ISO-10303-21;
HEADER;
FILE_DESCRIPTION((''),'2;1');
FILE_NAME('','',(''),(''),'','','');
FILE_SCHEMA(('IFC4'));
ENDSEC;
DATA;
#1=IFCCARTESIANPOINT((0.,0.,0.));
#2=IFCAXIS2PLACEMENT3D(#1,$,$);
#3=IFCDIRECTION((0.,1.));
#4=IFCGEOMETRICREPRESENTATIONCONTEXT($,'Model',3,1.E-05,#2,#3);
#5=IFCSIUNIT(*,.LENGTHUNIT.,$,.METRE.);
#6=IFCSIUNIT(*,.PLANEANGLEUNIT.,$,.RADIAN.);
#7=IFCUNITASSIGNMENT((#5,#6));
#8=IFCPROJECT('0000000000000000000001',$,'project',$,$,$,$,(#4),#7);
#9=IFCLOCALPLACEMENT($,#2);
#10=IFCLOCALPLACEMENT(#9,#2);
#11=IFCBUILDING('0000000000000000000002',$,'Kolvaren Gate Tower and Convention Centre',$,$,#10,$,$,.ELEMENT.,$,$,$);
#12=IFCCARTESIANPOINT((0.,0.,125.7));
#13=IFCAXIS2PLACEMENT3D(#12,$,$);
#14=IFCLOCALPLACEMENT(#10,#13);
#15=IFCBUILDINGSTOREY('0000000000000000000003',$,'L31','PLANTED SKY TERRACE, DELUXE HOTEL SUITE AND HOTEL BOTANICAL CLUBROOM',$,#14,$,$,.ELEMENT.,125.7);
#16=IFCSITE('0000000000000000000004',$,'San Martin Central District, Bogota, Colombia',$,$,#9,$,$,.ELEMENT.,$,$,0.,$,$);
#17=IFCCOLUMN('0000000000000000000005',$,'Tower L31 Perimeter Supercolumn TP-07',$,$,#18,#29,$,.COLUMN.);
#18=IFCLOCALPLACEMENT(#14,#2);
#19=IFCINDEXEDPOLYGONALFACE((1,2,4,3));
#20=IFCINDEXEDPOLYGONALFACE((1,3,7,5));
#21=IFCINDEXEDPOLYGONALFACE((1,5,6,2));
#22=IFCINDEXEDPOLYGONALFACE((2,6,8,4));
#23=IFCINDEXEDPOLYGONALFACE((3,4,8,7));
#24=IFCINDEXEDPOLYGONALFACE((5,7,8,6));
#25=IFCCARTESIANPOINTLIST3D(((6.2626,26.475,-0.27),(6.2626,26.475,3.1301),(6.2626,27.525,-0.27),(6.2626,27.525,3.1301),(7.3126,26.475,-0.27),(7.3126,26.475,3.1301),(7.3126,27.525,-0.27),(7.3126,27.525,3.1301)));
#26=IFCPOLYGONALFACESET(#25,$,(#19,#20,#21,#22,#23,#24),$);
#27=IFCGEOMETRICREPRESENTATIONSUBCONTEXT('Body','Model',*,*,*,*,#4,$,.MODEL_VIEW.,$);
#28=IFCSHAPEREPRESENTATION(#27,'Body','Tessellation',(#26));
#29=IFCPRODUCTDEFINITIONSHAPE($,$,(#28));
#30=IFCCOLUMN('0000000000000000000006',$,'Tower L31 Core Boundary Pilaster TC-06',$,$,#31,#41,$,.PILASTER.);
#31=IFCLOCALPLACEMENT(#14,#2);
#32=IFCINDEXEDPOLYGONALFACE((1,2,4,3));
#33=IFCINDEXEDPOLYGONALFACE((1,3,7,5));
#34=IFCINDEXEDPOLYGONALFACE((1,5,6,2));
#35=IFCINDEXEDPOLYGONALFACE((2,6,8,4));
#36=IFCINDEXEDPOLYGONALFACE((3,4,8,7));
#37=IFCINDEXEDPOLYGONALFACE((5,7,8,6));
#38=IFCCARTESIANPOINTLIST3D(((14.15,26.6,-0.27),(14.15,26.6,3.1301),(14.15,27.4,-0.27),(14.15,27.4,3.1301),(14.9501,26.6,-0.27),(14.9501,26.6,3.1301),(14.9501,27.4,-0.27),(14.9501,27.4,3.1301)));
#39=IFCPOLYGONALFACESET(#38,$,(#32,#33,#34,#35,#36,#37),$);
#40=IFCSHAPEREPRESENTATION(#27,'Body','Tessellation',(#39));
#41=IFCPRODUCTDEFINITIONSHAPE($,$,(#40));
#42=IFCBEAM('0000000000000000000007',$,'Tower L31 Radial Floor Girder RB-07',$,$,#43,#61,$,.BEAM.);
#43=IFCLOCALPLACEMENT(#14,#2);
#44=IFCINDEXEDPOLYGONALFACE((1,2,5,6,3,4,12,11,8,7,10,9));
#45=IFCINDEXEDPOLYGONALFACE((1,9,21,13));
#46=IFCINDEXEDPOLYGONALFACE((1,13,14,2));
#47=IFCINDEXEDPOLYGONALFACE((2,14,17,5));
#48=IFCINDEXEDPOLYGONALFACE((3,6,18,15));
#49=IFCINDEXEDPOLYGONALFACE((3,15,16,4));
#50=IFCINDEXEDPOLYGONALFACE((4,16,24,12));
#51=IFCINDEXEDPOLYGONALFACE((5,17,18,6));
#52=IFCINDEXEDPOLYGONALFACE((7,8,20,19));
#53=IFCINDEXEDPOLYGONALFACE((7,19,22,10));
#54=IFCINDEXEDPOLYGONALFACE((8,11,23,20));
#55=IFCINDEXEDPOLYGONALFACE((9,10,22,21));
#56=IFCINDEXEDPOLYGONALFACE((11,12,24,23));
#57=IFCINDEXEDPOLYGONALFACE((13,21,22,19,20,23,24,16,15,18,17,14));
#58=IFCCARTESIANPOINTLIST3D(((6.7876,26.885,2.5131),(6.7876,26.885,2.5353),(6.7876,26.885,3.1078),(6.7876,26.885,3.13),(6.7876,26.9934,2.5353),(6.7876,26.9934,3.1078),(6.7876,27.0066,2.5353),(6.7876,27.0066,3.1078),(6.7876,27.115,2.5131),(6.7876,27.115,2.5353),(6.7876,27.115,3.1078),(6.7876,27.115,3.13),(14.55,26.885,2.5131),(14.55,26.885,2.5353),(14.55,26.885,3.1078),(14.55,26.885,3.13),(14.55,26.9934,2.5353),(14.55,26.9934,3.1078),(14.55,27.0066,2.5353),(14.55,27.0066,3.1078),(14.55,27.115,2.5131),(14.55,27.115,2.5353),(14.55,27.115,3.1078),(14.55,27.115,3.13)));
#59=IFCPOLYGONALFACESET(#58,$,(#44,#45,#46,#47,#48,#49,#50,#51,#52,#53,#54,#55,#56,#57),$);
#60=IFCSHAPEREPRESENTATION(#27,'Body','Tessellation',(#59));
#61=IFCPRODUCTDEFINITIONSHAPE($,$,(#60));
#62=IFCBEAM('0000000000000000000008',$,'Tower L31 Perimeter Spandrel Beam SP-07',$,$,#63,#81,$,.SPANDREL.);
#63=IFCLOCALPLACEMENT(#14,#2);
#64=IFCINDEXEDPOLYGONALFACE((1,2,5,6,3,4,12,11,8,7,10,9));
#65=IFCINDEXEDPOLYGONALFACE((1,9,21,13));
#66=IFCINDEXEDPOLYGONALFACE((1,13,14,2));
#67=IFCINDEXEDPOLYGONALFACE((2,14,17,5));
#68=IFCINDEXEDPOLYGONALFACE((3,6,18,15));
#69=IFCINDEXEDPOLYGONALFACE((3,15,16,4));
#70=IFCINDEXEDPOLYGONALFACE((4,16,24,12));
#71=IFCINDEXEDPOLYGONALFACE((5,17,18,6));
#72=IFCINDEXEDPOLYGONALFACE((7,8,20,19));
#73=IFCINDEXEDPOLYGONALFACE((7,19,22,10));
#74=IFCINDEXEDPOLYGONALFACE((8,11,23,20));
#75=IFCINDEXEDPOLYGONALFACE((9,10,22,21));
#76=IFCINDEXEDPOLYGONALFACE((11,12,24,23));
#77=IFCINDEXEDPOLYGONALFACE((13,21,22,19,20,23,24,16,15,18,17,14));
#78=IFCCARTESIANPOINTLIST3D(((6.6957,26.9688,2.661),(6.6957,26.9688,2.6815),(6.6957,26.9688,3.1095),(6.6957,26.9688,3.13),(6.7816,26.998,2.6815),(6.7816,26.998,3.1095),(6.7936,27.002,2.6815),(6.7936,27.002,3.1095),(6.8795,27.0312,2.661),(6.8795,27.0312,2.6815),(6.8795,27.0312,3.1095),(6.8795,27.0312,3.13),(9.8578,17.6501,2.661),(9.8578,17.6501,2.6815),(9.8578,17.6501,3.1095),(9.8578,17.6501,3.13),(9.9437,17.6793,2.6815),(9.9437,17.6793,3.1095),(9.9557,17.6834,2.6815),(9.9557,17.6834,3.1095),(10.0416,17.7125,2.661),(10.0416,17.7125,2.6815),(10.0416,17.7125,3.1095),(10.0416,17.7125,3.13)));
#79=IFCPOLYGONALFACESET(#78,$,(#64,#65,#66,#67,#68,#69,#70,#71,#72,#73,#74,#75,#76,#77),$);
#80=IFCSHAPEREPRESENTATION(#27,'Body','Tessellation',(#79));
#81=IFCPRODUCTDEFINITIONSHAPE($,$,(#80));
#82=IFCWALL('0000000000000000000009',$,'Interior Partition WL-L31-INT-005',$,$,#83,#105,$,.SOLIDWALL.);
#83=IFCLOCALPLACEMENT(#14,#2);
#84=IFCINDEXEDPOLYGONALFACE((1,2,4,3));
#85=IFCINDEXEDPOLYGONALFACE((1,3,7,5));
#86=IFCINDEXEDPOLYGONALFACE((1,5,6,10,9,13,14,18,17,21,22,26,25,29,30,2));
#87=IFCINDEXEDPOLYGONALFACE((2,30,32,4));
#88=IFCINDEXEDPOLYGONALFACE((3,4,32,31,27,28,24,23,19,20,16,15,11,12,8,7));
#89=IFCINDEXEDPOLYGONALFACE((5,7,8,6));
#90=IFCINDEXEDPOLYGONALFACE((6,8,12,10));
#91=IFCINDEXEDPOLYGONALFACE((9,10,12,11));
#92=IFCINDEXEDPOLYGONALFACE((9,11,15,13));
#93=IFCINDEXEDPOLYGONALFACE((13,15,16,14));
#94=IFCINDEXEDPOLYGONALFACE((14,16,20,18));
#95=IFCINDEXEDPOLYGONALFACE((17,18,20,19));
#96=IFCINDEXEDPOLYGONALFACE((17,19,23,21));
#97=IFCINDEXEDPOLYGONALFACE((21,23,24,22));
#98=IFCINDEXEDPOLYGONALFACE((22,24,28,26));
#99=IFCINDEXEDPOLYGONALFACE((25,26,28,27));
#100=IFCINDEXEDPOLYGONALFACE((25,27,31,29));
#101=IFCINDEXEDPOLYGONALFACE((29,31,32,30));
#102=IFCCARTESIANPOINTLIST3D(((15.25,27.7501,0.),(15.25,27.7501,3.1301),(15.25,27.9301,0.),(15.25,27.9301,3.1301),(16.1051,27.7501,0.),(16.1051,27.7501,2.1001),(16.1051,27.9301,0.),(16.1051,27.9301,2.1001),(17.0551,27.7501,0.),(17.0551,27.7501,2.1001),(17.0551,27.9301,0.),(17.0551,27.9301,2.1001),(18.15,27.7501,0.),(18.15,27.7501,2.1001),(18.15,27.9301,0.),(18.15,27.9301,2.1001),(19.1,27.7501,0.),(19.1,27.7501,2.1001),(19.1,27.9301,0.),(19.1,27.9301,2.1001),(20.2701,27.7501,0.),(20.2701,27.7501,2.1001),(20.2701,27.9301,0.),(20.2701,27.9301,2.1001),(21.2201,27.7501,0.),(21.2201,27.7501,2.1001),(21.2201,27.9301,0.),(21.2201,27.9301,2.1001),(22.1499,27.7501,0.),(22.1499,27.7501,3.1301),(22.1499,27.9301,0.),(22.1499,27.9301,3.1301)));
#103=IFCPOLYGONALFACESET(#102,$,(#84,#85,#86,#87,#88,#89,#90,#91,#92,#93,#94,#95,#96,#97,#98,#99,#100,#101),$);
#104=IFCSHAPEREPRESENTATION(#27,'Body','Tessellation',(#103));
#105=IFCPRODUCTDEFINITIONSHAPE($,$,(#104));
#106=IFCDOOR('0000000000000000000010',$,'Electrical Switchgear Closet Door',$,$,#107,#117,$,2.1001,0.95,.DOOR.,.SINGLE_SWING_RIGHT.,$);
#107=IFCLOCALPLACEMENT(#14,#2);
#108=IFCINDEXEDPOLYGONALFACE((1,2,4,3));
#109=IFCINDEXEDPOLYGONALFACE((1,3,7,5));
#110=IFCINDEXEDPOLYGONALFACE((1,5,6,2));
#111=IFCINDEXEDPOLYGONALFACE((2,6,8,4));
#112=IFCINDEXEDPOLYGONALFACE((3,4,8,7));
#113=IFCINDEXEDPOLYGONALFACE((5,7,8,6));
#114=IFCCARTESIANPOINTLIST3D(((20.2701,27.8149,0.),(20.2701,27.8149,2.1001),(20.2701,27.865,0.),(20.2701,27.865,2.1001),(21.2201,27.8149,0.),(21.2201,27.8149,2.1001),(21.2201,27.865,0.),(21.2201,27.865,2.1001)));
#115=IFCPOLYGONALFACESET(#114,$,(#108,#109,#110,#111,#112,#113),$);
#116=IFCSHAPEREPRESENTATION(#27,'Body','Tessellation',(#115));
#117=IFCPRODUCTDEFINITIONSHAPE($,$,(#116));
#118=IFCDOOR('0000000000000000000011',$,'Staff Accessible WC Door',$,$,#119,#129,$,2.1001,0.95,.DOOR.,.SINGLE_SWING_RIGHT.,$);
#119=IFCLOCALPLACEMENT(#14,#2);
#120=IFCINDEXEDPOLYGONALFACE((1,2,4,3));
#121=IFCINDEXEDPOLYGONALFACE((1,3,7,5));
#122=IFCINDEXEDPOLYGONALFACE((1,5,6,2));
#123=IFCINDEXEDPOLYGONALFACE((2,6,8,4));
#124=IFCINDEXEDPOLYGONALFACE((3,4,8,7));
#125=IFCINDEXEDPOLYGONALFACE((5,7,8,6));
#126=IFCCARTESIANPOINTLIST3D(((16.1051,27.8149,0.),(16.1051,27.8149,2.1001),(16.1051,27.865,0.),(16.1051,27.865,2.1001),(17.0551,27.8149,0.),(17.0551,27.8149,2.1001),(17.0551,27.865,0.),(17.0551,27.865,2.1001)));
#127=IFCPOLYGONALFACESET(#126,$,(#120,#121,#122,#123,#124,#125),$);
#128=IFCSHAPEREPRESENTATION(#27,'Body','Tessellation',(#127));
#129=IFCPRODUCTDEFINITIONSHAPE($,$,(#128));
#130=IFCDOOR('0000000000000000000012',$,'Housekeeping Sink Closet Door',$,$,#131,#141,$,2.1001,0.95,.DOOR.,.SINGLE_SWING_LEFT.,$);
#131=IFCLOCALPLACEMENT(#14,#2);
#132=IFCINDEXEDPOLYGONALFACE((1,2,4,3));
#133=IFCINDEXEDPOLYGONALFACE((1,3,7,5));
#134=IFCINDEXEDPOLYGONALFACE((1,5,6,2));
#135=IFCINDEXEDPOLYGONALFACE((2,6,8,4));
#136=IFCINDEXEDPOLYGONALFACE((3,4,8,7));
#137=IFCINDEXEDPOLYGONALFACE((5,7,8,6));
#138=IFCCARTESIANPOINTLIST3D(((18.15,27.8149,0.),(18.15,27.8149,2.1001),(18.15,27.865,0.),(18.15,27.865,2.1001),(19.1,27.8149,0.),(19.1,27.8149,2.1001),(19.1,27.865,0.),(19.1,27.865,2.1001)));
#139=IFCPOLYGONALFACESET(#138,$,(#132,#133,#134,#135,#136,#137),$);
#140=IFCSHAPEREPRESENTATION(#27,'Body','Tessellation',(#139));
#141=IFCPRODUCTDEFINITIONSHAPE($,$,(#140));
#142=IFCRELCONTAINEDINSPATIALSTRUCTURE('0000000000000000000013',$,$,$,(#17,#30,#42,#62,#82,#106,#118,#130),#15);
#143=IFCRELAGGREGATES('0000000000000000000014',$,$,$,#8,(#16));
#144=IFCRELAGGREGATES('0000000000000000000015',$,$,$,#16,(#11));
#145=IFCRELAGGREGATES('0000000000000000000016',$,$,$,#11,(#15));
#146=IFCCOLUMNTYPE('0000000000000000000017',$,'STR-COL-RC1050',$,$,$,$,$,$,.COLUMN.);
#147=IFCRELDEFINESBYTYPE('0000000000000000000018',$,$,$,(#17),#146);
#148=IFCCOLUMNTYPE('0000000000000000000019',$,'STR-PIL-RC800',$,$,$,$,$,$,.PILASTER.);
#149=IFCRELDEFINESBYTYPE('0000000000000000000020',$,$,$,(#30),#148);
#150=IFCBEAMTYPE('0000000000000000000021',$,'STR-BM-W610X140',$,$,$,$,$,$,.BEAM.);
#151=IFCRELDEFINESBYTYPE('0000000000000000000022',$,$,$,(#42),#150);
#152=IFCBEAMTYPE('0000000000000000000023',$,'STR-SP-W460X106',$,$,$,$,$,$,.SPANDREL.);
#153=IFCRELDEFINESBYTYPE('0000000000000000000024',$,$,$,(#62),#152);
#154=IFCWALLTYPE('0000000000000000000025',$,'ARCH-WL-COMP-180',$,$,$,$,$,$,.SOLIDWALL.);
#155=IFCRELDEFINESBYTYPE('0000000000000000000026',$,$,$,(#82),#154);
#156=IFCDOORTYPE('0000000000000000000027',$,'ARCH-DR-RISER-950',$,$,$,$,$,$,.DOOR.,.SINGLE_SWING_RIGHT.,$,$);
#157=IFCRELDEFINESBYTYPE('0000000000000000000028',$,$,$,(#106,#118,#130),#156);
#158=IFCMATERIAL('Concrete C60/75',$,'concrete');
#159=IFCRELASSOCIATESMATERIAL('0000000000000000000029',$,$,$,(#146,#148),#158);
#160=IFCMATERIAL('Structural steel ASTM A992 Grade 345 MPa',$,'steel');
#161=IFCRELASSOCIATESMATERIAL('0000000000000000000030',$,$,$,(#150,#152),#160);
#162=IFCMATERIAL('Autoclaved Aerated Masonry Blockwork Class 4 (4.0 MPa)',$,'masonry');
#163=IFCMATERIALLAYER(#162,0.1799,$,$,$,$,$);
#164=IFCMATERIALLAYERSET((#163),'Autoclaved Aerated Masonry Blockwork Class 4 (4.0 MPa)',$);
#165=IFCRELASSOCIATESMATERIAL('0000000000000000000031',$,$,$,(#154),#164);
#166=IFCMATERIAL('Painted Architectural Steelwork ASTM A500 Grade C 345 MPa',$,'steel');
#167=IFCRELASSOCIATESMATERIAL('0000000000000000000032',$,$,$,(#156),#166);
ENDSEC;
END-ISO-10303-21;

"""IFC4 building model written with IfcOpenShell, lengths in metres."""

from ifc_helpers import new_model, si_unit, direction, frame, frame_2d, origin, origin_2d, place, context, subcontext, project, spatial, rectangle, i_section, extrude, material, layer, layer_set, material_profile, profile_set, type_object, element, fill, save


model = new_model("IFC4")

# Units and contexts
model_context = context("Model", 3, precision=1e-05, world=origin(), true_north=direction((0.0, 1.0)))
body_context = subcontext(model_context, "Body", "Model", "MODEL_VIEW")
ifc_project = project(units=[si_unit("LENGTHUNIT", "METRE"), si_unit("PLANEANGLEUNIT", "RADIAN")], contexts=[model_context])

# Site, building, storey
site_placement = place(None, origin())
site = spatial("IfcSite", under=ifc_project, at=site_placement, Name="San Martin Central District, Bogota, Colombia", CompositionType="ELEMENT", RefElevation=0.0)
building_placement = place(site_placement, origin())
building = spatial("IfcBuilding", under=site, at=building_placement, Name="Kolvaren Gate Tower and Convention Centre", CompositionType="ELEMENT")
storey_placement = place(building_placement, frame((0.0, 0.0, 125.7)))
storey = spatial("IfcBuildingStorey", under=building, at=storey_placement, Name="L31", Description="PLANTED SKY TERRACE, DELUXE HOTEL SUITE AND HOTEL BOTANICAL CLUBROOM", CompositionType="ELEMENT", Elevation=125.7)

# Columns
ifc_material_1 = material(Name="Concrete C60/75", Category="concrete")
ifc_material_profile_1 = material_profile(ifc_material_1, rectangle(XDim=1.05, YDim=1.05, at=origin_2d()), Name="RC-COL-1050X1050")
ifc_profile_set_1 = profile_set([ifc_material_profile_1], Name="Concrete C60/75")
column_type_1 = type_object("IfcColumnType", Name="STR-COL-RC1050", PredefinedType="COLUMN", material=ifc_profile_set_1)
column_1_placement = place(storey_placement, frame((6.7876, 27.0, -0.27), z_axis=(0.0, 0.0, 1.0), x_axis=(1.0, 0.0, 0.0)))
element("IfcColumn", 1, at=column_1_placement, inside=storey, type_object=column_type_1, Name="Tower L31 Perimeter Supercolumn TP-07", PredefinedType="COLUMN", context=body_context, shape_type="SweptSolid", body=[
    extrude(rectangle(XDim=1.05, YDim=1.05, at=origin_2d()), origin(), (0.0, 0.0, 1.0), 3.4001),
])
ifc_material_profile_2 = material_profile(ifc_material_1, rectangle(XDim=0.8, YDim=0.8, at=origin_2d()), Name="RC-COL-800X800")
ifc_profile_set_2 = profile_set([ifc_material_profile_2], Name="Concrete C60/75")
column_type_2 = type_object("IfcColumnType", Name="STR-PIL-RC800", PredefinedType="PILASTER", material=ifc_profile_set_2)
column_2_placement = place(storey_placement, frame((14.55, 27.0, -0.27), z_axis=(0.0, 0.0, 1.0), x_axis=(1.0, 0.0, 0.0)))
element("IfcColumn", 2, at=column_2_placement, inside=storey, type_object=column_type_2, Name="Tower L31 Core Boundary Pilaster TC-06", PredefinedType="PILASTER", context=body_context, shape_type="SweptSolid", body=[
    extrude(rectangle(XDim=0.8, YDim=0.8, at=origin_2d()), origin(), (0.0, 0.0, 1.0), 3.4001),
])

# Beams
ifc_material_2 = material(Name="Structural steel ASTM A992 Grade 345 MPa", Category="steel")
ifc_material_profile_3 = material_profile(ifc_material_2, i_section(OverallWidth=0.23, OverallDepth=0.6169, WebThickness=0.0132, FlangeThickness=0.0222, at=origin_2d()), Name="W610X140")
ifc_profile_set_3 = profile_set([ifc_material_profile_3], Name="Structural steel ASTM A992 Grade 345 MPa")
beam_type_1 = type_object("IfcBeamType", Name="STR-BM-W610X140", PredefinedType="BEAM", material=ifc_profile_set_3)
beam_1_placement = place(storey_placement, frame((14.55, 27.0, 2.8215), z_axis=(-1.0, 0.0, 0.0), x_axis=(0.0, -1.0, 0.0)))
element("IfcBeam", 3, at=beam_1_placement, inside=storey, type_object=beam_type_1, Name="Tower L31 Radial Floor Girder RB-07", PredefinedType="BEAM", context=body_context, shape_type="SweptSolid", body=[
    extrude(i_section(OverallWidth=0.23, OverallDepth=0.6169, WebThickness=0.0132, FlangeThickness=0.0222, at=origin_2d()), origin(), (0.0, 0.0, 1.0), 7.7625),
])
ifc_material_profile_4 = material_profile(ifc_material_2, i_section(OverallWidth=0.1941, OverallDepth=0.469, WebThickness=0.0127, FlangeThickness=0.0205, at=origin_2d()), Name="W460X106")
ifc_profile_set_4 = profile_set([ifc_material_profile_4], Name="Structural steel ASTM A992 Grade 345 MPa")
beam_type_2 = type_object("IfcBeamType", Name="STR-SP-W460X106", PredefinedType="SPANDREL", material=ifc_profile_set_4)
beam_2_placement = place(storey_placement, frame((6.7876, 27.0, 2.8955), z_axis=(0.321336, -0.946965, 0.0), x_axis=(0.946965, 0.321336, 0.0)))
element("IfcBeam", 4, at=beam_2_placement, inside=storey, type_object=beam_type_2, Name="Tower L31 Perimeter Spandrel Beam SP-07", PredefinedType="SPANDREL", context=body_context, shape_type="SweptSolid", body=[
    extrude(i_section(OverallWidth=0.1941, OverallDepth=0.469, WebThickness=0.0127, FlangeThickness=0.0205, at=origin_2d()), origin(), (0.0, 0.0, 1.0), 9.8406),
])

# Wall, openings, doors
ifc_material_3 = material(Name="Autoclaved Aerated Masonry Blockwork Class 4 (4.0 MPa)", Category="masonry")
ifc_layer_1 = layer(ifc_material_3, 0.1799)
ifc_layer_set_1 = layer_set([ifc_layer_1], Name="Autoclaved Aerated Masonry Blockwork Class 4 (4.0 MPa)")
wall_type_1 = type_object("IfcWallType", Name="ARCH-WL-COMP-180", PredefinedType="SOLIDWALL", material=ifc_layer_set_1)
wall_1_placement = place(storey_placement, frame((15.25, 27.8401, 0.0), z_axis=(0.0, 0.0, 1.0), x_axis=(1.0, 0.0, 0.0)))
wall_1 = element("IfcWall", 5, at=wall_1_placement, inside=storey, type_object=wall_type_1, Name="Interior Partition WL-L31-INT-005", PredefinedType="SOLIDWALL", context=body_context, shape_type="SweptSolid", body=[
    extrude(rectangle(XDim=6.8999, YDim=0.1799, at=frame_2d((3.45, 0.0))), origin(), (0.0, 0.0, 1.0), 3.1301),
])
opening_1_placement = place(wall_1_placement, frame((5.02, 0.0, 0.0)))
opening_1 = element("IfcOpeningElement", 6, at=opening_1_placement, cuts=wall_1, PredefinedType="OPENING", context=body_context, shape_type="SweptSolid", body=[
    extrude(rectangle(XDim=0.95, YDim=2.1001, at=frame_2d((0.4751, 1.05))), frame((0.0, 0.0999, 0.0), z_axis=(0.0, -1.0, 0.0), x_axis=(1.0, 0.0, 0.0)), (0.0, 0.0, 1.0), 0.2),
])
opening_2_placement = place(wall_1_placement, frame((0.855, 0.0, 0.0)))
opening_2 = element("IfcOpeningElement", 7, at=opening_2_placement, cuts=wall_1, PredefinedType="OPENING", context=body_context, shape_type="SweptSolid", body=[
    extrude(rectangle(XDim=0.95, YDim=2.1001, at=frame_2d((0.4751, 1.05))), frame((0.0, 0.0999, 0.0), z_axis=(0.0, -1.0, 0.0), x_axis=(1.0, 0.0, 0.0)), (0.0, 0.0, 1.0), 0.2),
])
opening_3_placement = place(wall_1_placement, frame((2.8999, 0.0, 0.0)))
opening_3 = element("IfcOpeningElement", 8, at=opening_3_placement, cuts=wall_1, PredefinedType="OPENING", context=body_context, shape_type="SweptSolid", body=[
    extrude(rectangle(XDim=0.95, YDim=2.1001, at=frame_2d((0.4751, 1.05))), frame((0.0, 0.0999, 0.0), z_axis=(0.0, -1.0, 0.0), x_axis=(1.0, 0.0, 0.0)), (0.0, 0.0, 1.0), 0.2),
])
ifc_material_4 = material(Name="Painted Architectural Steelwork ASTM A500 Grade C 345 MPa", Category="steel")
door_type = type_object("IfcDoorType", Name="ARCH-DR-RISER-950", OperationType="SINGLE_SWING_RIGHT", PredefinedType="DOOR", material=ifc_material_4)
door_1_placement = place(opening_1_placement, origin())
door_1 = element("IfcDoor", 9, at=door_1_placement, inside=storey, type_object=door_type, Name="Electrical Switchgear Closet Door", OperationType="SINGLE_SWING_RIGHT", OverallHeight=2.1001, OverallWidth=0.95, PredefinedType="DOOR", context=body_context, shape_type="SweptSolid", body=[
    extrude(rectangle(XDim=0.95, YDim=2.1001, at=frame_2d((0.4751, 1.05))), frame((0.0, 0.0249, 0.0), z_axis=(0.0, -1.0, 0.0), x_axis=(1.0, 0.0, 0.0)), (0.0, 0.0, 1.0), 0.05),
])
fill(opening_1, door_1)
door_2_placement = place(opening_2_placement, origin())
door_2 = element("IfcDoor", 10, at=door_2_placement, inside=storey, type_object=door_type, Name="Staff Accessible WC Door", OperationType="SINGLE_SWING_RIGHT", OverallHeight=2.1001, OverallWidth=0.95, PredefinedType="DOOR", context=body_context, shape_type="SweptSolid", body=[
    extrude(rectangle(XDim=0.95, YDim=2.1001, at=frame_2d((0.4751, 1.05))), frame((0.0, 0.0249, 0.0), z_axis=(0.0, -1.0, 0.0), x_axis=(1.0, 0.0, 0.0)), (0.0, 0.0, 1.0), 0.05),
])
fill(opening_2, door_2)
door_3_placement = place(opening_3_placement, origin())
door_3 = element("IfcDoor", 11, at=door_3_placement, inside=storey, type_object=door_type, Name="Housekeeping Sink Closet Door", OperationType="SINGLE_SWING_LEFT", OverallHeight=2.1001, OverallWidth=0.95, PredefinedType="DOOR", context=body_context, shape_type="SweptSolid", body=[
    extrude(rectangle(XDim=0.95, YDim=2.1001, at=frame_2d((0.4751, 1.05))), frame((0.0, 0.0249, 0.0), z_axis=(0.0, -1.0, 0.0), x_axis=(1.0, 0.0, 0.0)), (0.0, 0.0, 1.0), 0.05),
])
fill(opening_3, door_3)

save(model, "model.ifc")
